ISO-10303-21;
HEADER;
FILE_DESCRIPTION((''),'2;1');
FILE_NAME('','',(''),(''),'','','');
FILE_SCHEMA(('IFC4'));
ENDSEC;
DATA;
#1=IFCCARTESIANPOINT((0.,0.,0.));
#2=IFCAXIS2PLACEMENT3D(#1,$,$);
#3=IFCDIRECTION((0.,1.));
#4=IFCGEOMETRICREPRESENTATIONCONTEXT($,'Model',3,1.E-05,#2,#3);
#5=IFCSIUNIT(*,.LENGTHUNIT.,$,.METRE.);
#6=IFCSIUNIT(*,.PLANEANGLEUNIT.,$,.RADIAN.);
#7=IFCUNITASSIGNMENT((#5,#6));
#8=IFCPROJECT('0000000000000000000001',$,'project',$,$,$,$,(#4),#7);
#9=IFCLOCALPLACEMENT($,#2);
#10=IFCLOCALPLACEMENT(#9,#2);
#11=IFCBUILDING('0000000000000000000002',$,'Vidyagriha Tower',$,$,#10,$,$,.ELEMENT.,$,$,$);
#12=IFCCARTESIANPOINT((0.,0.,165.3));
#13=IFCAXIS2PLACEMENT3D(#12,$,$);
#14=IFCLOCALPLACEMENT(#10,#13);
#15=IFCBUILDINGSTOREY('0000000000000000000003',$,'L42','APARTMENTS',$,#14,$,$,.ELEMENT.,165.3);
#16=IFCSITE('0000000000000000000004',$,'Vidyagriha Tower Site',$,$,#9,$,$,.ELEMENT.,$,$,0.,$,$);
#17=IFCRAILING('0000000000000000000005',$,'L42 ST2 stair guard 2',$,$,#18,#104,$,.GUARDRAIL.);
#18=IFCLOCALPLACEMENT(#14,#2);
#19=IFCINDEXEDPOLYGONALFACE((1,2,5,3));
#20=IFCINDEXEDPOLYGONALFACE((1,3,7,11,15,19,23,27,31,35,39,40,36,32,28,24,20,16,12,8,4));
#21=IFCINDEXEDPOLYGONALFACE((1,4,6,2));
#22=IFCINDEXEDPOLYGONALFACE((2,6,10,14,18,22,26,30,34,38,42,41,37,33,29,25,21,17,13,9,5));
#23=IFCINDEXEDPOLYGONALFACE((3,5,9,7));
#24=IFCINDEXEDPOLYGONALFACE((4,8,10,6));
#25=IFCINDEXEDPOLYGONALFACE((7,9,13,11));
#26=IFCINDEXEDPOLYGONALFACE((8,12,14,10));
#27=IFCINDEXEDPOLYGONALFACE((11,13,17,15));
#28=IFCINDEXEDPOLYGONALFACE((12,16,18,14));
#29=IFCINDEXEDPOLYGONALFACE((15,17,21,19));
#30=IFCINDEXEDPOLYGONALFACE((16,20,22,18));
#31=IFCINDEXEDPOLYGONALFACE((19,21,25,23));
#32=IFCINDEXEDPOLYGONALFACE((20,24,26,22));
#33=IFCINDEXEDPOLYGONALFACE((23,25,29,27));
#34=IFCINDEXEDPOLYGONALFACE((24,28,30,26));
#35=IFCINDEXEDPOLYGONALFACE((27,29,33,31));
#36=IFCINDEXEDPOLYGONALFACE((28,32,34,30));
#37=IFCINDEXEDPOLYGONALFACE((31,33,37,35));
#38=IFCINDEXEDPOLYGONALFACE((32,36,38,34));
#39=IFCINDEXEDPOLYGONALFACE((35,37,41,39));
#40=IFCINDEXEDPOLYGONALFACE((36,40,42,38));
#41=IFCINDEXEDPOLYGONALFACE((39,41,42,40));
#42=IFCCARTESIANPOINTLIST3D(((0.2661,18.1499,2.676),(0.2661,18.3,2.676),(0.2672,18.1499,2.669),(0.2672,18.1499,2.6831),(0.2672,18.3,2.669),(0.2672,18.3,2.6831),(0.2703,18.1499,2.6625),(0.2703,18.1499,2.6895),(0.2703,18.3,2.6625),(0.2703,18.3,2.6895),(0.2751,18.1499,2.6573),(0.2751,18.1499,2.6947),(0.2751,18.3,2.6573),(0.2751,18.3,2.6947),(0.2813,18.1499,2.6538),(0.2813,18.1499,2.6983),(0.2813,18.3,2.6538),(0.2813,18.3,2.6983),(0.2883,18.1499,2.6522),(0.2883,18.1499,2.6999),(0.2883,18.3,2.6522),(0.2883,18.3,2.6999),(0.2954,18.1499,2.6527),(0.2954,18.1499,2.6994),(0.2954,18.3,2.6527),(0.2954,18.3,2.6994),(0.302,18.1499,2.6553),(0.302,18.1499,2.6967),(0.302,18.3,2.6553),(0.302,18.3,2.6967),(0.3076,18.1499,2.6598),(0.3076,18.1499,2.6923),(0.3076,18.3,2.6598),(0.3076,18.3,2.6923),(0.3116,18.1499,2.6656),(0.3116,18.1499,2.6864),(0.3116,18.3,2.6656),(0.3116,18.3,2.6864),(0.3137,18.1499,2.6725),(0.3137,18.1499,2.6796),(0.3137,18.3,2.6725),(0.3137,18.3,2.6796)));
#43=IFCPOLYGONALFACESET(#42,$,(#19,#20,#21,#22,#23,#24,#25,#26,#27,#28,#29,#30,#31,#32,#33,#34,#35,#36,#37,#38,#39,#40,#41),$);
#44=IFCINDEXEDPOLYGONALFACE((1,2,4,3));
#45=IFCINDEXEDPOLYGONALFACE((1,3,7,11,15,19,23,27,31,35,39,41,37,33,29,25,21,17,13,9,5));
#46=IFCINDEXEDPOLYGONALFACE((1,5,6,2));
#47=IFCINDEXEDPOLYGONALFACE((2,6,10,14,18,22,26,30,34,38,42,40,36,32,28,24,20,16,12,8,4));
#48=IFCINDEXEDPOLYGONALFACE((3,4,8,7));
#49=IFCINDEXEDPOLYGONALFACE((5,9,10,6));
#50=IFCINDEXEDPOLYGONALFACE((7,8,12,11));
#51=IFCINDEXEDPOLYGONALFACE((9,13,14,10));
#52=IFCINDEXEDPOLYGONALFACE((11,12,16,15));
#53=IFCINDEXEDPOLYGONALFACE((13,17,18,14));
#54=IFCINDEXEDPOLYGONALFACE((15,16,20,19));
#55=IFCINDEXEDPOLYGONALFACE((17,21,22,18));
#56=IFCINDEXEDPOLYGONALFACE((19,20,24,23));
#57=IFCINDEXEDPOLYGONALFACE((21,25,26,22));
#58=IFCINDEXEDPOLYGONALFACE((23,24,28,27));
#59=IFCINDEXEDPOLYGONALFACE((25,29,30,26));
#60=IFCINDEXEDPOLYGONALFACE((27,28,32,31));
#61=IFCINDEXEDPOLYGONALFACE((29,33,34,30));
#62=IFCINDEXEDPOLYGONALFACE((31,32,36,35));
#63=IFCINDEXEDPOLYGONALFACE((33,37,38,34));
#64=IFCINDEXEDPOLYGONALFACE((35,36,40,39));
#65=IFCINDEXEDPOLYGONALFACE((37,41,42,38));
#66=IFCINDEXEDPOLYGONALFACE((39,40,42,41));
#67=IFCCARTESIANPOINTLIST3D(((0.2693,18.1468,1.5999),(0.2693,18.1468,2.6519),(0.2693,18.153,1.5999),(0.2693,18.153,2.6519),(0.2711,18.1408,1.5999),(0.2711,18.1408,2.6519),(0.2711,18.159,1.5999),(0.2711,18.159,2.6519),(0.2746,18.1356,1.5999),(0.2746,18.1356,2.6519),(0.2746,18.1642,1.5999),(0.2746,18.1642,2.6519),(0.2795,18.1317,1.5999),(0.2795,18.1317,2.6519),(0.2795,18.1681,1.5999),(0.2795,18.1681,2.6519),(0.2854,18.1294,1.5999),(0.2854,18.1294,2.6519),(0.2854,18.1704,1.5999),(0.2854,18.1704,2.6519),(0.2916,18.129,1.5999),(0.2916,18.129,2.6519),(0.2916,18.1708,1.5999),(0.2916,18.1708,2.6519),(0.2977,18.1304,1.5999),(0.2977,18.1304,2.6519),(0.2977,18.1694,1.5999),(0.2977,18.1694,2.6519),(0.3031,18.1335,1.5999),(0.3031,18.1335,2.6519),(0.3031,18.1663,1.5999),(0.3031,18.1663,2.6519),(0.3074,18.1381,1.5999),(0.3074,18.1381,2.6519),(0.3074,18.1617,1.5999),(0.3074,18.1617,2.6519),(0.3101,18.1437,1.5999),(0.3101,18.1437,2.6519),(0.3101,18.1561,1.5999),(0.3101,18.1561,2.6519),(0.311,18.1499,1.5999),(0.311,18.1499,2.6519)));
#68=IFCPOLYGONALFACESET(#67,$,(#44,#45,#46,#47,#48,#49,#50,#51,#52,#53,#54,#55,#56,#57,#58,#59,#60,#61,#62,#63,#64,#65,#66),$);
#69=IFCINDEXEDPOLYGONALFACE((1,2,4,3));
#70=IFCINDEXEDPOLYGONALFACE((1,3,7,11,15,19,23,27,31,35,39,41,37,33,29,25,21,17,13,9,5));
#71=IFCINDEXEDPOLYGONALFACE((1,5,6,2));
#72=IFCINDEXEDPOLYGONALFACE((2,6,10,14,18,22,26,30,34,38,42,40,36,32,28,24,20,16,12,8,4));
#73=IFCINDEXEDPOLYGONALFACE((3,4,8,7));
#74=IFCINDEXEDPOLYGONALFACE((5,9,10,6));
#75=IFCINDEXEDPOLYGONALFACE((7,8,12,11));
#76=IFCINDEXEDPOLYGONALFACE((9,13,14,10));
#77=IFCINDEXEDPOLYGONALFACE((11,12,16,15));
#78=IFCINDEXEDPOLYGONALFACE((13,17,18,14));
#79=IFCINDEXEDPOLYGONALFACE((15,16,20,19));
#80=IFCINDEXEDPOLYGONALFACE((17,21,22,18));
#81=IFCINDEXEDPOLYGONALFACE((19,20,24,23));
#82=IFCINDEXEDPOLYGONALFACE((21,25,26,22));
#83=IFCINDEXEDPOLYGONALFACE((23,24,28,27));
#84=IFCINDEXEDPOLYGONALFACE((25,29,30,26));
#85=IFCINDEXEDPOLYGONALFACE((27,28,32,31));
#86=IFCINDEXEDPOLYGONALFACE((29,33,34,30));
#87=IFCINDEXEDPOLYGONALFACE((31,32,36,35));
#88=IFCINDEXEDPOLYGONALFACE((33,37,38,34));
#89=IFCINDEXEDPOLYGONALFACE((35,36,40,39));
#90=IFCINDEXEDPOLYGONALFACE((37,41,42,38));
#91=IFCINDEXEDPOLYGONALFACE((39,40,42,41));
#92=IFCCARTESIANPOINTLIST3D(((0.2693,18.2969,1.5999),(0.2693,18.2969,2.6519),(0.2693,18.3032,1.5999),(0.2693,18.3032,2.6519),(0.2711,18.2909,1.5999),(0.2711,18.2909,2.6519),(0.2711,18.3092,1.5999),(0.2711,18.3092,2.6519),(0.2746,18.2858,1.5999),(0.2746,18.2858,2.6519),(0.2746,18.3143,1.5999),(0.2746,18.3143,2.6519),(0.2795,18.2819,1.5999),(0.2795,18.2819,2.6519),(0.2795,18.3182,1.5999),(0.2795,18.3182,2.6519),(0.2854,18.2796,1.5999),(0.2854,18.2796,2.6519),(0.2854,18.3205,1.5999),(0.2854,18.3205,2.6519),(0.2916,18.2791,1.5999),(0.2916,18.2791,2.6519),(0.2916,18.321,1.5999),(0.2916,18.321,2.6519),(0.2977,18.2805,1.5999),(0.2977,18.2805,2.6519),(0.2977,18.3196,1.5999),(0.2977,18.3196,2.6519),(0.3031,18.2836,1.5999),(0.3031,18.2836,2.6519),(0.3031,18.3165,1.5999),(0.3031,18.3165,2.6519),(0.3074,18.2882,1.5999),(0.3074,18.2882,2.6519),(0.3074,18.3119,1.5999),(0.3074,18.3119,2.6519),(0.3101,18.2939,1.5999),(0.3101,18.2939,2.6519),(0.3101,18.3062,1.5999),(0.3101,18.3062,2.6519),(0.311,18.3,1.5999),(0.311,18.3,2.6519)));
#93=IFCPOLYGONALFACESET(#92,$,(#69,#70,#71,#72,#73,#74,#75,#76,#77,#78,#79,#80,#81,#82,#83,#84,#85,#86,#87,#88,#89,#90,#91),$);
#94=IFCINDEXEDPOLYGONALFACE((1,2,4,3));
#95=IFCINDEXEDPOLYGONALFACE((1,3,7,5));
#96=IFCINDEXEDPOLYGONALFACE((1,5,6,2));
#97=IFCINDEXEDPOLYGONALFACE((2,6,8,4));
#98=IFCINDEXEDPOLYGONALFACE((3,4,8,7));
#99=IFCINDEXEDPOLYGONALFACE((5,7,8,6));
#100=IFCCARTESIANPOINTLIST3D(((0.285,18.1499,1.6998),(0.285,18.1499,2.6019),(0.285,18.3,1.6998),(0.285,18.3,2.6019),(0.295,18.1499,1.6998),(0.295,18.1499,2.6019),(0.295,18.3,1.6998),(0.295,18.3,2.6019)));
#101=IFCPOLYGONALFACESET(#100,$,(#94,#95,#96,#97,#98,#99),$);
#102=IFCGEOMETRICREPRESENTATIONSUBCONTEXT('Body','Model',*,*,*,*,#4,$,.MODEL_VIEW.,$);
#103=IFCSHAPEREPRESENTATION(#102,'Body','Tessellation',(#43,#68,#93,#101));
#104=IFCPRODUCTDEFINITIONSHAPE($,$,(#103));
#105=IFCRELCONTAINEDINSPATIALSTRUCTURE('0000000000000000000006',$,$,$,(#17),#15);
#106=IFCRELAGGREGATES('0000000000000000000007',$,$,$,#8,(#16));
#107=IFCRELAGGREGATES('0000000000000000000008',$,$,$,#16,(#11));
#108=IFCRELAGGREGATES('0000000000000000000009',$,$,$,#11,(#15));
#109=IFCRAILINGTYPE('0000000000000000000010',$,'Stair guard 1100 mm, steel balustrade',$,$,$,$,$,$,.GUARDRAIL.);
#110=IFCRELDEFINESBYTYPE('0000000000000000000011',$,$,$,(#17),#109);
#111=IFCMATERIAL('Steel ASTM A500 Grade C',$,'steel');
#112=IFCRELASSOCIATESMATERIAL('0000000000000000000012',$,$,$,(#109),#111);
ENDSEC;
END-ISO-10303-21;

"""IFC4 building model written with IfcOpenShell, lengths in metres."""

from ifc_helpers import new_model, si_unit, direction, frame, origin, origin_2d, place, context, subcontext, project, spatial, rectangle, circle, extrude, material, type_object, element, save


model = new_model("IFC4")

# Units and contexts
model_context = context("Model", 3, precision=1e-05, world=origin(), true_north=direction((0.0, 1.0)))
body_context = subcontext(model_context, "Body", "Model", "MODEL_VIEW")
ifc_project = project(units=[si_unit("LENGTHUNIT", "METRE"), si_unit("PLANEANGLEUNIT", "RADIAN")], contexts=[model_context])

# Site, building, storey
site_placement = place(None, origin())
site = spatial("IfcSite", under=ifc_project, at=site_placement, Name="Vidyagriha Tower Site", CompositionType="ELEMENT", RefElevation=0.0)
building_placement = place(site_placement, origin())
building = spatial("IfcBuilding", under=site, at=building_placement, Name="Vidyagriha Tower", CompositionType="ELEMENT")
storey_placement = place(building_placement, frame((0.0, 0.0, 165.3)))
storey = spatial("IfcBuildingStorey", under=building, at=storey_placement, Name="L42", Description="APARTMENTS", CompositionType="ELEMENT", Elevation=165.3)

# Railing
ifc_material_1 = material(Name="Steel ASTM A500 Grade C", Category="steel")
railing_type_1 = type_object("IfcRailingType", Name="Stair guard 1100 mm, steel balustrade", PredefinedType="GUARDRAIL", material=ifc_material_1)
railing_1_placement = place(storey_placement, frame((0.29, 18.1499, 1.5999)))
element("IfcRailing", 1, at=railing_1_placement, inside=storey, type_object=railing_type_1, Name="L42 ST2 stair guard 2", PredefinedType="GUARDRAIL", context=body_context, shape_type="SweptSolid", body=[
    extrude(circle(Radius=0.0239, at=origin_2d()), frame((0.0, 0.0, 1.0762), z_axis=(0.0, 1.0, 0.0), x_axis=(-1.0, 0.0, 0.0)), (0.0, 0.0, 1.0), 0.1501),
    extrude(circle(Radius=0.021, at=origin_2d()), origin(), (0.0, 0.0, 1.0), 1.052),
    extrude(circle(Radius=0.021, at=origin_2d()), frame((0.0, 0.1501, 0.0)), (0.0, 0.0, 1.0), 1.052),
    extrude(rectangle(XDim=0.01, YDim=0.9021, at=origin_2d()), frame((0.0, 0.0, 0.551), z_axis=(0.0, 1.0, 0.0), x_axis=(-1.0, 0.0, 0.0)), (0.0, 0.0, 1.0), 0.1501),
])

save(model, "model.ifc")
